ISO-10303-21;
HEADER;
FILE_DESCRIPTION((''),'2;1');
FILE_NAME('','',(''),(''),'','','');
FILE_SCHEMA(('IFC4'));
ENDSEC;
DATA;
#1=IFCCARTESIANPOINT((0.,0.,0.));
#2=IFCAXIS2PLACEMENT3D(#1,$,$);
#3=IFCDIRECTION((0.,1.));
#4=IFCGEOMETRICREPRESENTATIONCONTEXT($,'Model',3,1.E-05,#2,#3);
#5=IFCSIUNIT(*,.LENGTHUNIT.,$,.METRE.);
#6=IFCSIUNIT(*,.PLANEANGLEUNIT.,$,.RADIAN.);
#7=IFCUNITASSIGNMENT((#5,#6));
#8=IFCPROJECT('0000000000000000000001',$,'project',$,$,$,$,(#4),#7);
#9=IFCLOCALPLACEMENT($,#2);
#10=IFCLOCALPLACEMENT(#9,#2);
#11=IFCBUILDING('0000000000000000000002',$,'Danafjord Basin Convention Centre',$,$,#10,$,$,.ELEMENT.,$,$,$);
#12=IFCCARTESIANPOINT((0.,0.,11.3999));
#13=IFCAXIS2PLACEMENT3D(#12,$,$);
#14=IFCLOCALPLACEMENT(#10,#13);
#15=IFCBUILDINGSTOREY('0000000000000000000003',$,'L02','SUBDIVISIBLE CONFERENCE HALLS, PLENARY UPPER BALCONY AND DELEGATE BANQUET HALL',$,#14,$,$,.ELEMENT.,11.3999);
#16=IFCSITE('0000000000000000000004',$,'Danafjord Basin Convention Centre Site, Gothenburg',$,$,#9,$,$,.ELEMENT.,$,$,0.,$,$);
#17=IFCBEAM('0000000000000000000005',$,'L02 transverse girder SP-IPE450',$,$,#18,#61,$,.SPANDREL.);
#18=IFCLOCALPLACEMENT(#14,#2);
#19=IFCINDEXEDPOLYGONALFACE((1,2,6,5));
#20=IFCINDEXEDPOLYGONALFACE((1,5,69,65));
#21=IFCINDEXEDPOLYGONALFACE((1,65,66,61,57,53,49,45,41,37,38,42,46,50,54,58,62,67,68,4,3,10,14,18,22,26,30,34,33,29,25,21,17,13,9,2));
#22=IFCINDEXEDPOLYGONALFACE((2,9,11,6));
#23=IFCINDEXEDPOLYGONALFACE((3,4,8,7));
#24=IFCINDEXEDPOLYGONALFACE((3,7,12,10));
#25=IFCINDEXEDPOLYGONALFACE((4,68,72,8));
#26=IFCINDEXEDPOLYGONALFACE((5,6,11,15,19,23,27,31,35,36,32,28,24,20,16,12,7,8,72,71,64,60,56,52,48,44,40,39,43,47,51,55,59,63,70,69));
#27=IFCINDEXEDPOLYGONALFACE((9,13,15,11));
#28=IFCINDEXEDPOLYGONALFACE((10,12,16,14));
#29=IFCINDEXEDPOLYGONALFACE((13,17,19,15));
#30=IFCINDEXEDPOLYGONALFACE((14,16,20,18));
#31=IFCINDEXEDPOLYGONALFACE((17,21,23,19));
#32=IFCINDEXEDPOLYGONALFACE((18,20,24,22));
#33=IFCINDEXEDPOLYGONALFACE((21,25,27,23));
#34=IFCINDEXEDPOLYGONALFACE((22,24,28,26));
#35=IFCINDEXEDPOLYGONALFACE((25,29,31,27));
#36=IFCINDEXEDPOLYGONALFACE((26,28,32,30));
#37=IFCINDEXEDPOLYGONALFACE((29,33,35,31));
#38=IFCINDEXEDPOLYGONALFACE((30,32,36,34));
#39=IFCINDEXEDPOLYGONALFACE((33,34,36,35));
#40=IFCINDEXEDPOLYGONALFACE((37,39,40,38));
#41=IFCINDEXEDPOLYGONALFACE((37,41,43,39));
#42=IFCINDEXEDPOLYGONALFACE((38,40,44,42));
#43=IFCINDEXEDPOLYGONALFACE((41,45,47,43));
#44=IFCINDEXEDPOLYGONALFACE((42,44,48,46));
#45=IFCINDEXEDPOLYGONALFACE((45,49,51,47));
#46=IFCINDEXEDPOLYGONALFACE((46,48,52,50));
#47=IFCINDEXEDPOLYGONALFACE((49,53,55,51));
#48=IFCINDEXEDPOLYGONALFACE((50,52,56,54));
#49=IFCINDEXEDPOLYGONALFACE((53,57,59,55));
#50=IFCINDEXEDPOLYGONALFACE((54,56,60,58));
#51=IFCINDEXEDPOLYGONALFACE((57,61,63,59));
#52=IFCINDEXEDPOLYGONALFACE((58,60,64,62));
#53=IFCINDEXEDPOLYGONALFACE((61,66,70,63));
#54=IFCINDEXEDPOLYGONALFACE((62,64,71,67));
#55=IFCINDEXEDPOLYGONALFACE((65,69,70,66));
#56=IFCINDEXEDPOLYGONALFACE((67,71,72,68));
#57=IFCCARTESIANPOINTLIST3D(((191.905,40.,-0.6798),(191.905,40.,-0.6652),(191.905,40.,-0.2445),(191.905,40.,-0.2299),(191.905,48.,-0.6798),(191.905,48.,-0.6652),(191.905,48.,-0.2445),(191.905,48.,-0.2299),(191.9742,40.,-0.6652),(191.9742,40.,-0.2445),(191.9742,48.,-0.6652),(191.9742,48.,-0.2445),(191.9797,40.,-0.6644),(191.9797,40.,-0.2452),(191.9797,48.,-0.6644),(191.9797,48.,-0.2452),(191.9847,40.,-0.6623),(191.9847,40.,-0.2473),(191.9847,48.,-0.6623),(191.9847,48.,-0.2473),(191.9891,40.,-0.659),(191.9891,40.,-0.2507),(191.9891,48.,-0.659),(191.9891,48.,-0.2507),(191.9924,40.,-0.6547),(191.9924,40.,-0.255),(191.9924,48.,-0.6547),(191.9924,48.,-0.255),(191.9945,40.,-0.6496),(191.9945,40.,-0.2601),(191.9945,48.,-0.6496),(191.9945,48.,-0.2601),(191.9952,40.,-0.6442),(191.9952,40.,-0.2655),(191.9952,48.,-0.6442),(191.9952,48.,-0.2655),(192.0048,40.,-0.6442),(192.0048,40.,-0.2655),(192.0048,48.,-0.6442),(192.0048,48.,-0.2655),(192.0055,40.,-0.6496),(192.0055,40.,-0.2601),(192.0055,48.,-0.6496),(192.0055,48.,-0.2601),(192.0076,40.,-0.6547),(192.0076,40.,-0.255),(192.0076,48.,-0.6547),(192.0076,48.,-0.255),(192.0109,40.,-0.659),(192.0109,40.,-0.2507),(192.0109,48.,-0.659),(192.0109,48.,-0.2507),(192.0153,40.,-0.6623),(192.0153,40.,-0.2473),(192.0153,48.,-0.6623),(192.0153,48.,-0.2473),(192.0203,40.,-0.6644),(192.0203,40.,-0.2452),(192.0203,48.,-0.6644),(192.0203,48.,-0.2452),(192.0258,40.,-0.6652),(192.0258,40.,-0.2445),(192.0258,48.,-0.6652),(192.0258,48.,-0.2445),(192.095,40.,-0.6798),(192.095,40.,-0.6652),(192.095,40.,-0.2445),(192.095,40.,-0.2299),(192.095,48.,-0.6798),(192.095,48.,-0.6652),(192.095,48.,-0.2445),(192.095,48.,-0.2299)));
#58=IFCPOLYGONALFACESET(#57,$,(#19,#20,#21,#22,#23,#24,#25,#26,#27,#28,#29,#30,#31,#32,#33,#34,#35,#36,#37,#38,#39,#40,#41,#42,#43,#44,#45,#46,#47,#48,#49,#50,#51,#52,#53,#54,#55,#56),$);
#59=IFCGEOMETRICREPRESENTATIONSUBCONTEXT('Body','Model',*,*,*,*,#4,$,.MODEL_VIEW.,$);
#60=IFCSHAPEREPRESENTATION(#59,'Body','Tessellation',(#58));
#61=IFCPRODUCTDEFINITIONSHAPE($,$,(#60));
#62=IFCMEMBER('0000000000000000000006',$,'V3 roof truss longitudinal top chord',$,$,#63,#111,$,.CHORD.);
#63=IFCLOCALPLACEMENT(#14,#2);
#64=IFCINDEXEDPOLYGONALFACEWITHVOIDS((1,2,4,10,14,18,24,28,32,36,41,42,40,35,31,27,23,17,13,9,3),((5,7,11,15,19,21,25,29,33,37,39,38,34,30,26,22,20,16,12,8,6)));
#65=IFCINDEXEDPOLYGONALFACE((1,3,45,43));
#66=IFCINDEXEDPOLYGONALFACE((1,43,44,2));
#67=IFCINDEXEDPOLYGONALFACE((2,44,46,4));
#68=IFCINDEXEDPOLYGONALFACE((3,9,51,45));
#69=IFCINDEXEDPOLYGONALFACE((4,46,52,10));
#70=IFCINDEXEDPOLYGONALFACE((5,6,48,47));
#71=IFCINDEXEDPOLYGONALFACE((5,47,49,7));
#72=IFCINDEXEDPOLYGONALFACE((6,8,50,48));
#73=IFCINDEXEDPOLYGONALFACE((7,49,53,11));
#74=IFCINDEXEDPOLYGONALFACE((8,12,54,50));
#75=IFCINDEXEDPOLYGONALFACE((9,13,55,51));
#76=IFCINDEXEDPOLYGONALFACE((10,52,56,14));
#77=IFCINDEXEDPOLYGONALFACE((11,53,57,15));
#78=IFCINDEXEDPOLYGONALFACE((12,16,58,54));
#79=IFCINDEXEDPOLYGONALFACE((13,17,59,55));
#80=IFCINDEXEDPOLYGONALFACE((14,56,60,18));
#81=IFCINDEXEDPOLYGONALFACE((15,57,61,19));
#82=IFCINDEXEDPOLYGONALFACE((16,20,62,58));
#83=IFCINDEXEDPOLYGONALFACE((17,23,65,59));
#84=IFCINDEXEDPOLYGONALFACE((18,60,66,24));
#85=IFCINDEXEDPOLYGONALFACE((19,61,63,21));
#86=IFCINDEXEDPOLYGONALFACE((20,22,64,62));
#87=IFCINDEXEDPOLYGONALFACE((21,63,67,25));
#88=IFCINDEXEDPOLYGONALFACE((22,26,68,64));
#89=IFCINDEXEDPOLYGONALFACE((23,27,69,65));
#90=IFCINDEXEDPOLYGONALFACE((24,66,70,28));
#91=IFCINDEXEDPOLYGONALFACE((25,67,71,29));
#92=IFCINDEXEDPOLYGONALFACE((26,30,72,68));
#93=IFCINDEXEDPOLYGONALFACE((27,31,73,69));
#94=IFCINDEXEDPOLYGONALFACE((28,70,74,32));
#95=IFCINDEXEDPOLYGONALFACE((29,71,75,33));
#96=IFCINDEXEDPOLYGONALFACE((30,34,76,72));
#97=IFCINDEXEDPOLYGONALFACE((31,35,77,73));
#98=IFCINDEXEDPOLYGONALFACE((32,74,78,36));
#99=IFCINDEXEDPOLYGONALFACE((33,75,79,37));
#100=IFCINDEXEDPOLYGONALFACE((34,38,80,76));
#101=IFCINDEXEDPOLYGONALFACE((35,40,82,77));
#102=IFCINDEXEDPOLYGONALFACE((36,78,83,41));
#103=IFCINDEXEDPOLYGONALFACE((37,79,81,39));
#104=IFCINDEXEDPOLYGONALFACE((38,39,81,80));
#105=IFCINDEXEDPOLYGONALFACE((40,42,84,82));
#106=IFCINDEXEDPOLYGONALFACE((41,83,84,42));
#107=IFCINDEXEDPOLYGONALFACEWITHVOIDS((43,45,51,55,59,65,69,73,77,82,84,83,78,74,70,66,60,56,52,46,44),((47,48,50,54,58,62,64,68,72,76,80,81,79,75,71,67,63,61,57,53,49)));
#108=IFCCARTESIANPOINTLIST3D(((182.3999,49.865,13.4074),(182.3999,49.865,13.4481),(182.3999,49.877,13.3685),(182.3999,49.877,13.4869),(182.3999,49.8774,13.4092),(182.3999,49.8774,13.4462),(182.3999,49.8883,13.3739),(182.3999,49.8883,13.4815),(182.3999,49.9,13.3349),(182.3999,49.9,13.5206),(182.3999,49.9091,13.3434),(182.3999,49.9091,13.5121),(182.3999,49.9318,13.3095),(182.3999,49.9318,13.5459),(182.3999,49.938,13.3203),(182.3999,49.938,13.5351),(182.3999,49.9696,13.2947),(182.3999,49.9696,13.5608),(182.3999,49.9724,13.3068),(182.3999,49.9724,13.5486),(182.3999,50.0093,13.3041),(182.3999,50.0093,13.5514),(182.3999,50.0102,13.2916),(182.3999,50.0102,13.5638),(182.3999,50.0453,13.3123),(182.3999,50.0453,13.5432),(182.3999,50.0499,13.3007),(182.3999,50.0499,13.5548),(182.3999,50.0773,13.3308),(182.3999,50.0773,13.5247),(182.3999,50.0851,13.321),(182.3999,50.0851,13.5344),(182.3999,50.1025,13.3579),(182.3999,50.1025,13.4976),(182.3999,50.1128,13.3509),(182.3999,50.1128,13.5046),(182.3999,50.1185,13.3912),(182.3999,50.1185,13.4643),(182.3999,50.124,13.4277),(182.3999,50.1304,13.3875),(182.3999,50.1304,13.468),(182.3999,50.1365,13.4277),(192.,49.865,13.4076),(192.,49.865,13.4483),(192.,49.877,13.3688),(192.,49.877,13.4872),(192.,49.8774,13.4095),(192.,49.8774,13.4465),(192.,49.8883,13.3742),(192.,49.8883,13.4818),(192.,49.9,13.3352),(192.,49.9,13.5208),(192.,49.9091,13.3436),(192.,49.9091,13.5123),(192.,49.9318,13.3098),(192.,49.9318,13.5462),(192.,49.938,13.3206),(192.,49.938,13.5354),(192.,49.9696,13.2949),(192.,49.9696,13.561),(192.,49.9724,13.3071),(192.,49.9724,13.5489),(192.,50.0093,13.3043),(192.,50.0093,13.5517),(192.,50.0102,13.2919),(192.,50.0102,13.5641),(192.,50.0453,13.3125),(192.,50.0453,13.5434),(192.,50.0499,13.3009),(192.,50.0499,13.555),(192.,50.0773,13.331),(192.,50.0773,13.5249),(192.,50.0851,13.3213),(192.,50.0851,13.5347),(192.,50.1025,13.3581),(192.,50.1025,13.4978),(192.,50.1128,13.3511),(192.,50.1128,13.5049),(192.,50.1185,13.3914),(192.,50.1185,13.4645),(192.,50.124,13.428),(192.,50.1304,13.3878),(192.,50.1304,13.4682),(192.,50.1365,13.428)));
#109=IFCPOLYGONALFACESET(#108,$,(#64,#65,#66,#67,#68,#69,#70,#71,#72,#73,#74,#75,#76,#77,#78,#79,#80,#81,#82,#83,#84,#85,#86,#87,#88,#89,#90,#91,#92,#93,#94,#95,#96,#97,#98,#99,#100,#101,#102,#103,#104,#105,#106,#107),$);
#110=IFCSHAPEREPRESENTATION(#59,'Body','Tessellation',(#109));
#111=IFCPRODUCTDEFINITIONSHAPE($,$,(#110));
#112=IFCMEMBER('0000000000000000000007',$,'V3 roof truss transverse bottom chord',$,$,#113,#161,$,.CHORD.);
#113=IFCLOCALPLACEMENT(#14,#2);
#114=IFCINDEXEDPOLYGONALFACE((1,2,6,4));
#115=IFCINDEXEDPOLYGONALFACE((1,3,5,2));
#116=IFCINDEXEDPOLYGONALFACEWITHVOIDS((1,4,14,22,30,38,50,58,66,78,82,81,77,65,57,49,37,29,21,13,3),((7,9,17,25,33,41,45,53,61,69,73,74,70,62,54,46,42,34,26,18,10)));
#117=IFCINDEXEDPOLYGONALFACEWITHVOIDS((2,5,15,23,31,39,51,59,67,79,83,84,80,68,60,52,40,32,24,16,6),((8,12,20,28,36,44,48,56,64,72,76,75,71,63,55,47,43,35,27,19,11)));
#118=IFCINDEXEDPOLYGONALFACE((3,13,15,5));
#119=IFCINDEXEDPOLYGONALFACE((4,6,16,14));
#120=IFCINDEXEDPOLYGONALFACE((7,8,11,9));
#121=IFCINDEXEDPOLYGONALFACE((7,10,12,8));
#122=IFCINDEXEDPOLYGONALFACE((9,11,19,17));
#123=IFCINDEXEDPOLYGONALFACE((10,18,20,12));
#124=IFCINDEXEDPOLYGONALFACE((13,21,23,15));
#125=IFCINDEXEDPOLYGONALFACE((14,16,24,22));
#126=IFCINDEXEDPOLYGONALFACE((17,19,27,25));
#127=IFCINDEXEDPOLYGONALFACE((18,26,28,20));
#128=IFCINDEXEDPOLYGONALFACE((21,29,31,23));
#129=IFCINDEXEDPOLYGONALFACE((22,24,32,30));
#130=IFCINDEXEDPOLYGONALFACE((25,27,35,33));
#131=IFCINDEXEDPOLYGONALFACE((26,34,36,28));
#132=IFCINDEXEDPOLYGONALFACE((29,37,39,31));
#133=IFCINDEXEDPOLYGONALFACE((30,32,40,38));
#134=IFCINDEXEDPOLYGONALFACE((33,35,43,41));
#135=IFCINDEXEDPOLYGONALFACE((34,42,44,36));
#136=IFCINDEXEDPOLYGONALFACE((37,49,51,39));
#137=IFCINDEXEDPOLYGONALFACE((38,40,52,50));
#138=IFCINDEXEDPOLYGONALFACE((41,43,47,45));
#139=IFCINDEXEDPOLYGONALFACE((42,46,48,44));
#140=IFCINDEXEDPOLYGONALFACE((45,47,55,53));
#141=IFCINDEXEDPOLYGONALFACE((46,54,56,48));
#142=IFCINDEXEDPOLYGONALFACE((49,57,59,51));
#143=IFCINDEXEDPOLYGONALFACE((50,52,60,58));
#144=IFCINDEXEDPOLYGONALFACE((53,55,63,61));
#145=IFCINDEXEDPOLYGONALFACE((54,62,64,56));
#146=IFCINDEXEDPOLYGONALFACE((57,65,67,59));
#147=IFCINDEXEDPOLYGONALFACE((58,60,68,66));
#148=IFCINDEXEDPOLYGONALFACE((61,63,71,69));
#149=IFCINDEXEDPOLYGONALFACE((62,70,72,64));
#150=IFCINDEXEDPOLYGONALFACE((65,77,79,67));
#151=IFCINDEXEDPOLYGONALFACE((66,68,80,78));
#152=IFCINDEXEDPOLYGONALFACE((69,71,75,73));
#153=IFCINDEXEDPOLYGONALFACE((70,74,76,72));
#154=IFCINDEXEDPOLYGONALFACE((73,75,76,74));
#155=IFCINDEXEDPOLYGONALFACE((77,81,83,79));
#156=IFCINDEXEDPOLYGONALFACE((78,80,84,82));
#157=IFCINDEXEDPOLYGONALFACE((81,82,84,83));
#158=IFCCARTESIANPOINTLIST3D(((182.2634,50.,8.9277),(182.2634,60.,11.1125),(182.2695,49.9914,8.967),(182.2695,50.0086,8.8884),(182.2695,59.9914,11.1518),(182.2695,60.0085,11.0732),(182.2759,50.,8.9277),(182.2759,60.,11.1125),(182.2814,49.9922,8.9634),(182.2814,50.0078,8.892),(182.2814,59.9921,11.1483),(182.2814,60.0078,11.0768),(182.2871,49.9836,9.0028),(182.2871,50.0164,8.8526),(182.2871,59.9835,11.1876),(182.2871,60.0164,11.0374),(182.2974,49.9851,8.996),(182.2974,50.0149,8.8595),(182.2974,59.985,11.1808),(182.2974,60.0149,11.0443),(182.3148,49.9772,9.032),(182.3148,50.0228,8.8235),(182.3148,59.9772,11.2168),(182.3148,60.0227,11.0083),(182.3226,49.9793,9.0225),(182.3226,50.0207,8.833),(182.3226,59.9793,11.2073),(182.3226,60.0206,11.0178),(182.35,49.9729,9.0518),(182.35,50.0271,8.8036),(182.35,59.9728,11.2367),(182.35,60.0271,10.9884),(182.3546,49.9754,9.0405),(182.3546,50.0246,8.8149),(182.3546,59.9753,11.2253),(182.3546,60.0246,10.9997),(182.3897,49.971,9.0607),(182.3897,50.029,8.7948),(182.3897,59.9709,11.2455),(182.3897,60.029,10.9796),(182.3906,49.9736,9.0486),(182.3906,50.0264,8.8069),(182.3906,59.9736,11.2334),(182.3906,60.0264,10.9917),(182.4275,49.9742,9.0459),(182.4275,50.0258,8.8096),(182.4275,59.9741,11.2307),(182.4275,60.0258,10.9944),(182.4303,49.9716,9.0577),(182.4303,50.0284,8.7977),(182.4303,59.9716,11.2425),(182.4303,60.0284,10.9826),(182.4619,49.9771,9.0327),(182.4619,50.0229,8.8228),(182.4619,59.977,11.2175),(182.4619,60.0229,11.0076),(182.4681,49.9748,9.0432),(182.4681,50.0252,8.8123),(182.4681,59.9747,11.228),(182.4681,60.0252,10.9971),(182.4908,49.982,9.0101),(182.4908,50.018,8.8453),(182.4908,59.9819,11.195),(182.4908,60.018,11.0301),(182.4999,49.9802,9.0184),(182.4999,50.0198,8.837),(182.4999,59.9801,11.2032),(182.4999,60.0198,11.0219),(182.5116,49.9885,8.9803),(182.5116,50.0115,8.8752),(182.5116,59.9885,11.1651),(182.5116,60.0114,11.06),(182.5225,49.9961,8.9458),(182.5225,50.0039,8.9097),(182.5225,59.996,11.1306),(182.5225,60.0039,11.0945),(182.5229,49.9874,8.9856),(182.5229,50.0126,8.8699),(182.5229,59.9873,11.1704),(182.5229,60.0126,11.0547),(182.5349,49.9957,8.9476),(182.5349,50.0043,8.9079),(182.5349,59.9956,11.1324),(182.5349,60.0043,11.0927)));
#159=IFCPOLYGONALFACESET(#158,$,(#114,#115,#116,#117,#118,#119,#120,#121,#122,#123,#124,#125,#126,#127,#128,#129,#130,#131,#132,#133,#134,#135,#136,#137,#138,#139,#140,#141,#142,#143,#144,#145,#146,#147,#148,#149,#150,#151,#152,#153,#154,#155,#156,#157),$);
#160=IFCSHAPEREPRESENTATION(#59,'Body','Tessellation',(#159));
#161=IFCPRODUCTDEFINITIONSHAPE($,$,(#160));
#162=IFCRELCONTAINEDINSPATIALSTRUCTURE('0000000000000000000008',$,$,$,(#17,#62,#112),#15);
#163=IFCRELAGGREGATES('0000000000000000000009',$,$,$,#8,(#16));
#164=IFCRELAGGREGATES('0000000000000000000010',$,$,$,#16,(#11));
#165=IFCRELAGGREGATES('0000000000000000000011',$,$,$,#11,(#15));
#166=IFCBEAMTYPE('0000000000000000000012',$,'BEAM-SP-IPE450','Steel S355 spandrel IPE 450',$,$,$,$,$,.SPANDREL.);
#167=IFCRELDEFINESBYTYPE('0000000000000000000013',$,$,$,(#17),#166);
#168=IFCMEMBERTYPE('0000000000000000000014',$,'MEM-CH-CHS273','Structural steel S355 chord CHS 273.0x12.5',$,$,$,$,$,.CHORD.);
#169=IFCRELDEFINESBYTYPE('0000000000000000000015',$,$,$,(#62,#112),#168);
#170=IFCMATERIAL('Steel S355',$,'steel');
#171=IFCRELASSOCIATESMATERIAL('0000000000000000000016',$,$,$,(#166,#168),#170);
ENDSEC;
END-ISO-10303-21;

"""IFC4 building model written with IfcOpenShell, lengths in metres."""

from ifc_helpers import new_model, si_unit, direction, frame, origin, origin_2d, place, context, subcontext, project, spatial, hollow_circle, i_section, extrude, material, material_profile, profile_set, type_object, element, save


model = new_model("IFC4")

# Units and contexts
model_context = context("Model", 3, precision=1e-05, world=origin(), true_north=direction((0.0, 1.0)))
body_context = subcontext(model_context, "Body", "Model", "MODEL_VIEW")
ifc_project = project(units=[si_unit("LENGTHUNIT", "METRE"), si_unit("PLANEANGLEUNIT", "RADIAN")], contexts=[model_context])

# Site, building, storey
site_placement = place(None, origin())
site = spatial("IfcSite", under=ifc_project, at=site_placement, Name="Danafjord Basin Convention Centre Site, Gothenburg", CompositionType="ELEMENT", RefElevation=0.0)
building_placement = place(site_placement, origin())
building = spatial("IfcBuilding", under=site, at=building_placement, Name="Danafjord Basin Convention Centre", CompositionType="ELEMENT")
storey_placement = place(building_placement, frame((0.0, 0.0, 11.3999)))
storey = spatial("IfcBuildingStorey", under=building, at=storey_placement, Name="L02", Description="SUBDIVISIBLE CONFERENCE HALLS, PLENARY UPPER BALCONY AND DELEGATE BANQUET HALL", CompositionType="ELEMENT", Elevation=11.3999)

# Shared definitions
ifc_material = material(Name="Steel S355", Category="steel")

# Beam
ifc_material_profile_1 = material_profile(ifc_material, i_section(OverallWidth=0.1899, OverallDepth=0.45, WebThickness=0.0095, FlangeThickness=0.0146, FilletRadius=0.021, at=origin_2d()), Name="IPE 450")
ifc_profile_set_1 = profile_set([ifc_material_profile_1], Name="Steel S355")
beam_type_1 = type_object("IfcBeamType", Name="BEAM-SP-IPE450", Description="Steel S355 spandrel IPE 450", PredefinedType="SPANDREL", material=ifc_profile_set_1)
beam_1_placement = place(storey_placement, frame((192.0, 40.0, -0.4548), z_axis=(0.0, 1.0, 0.0), x_axis=(-1.0, 0.0, 0.0)))
element("IfcBeam", 1, at=beam_1_placement, inside=storey, type_object=beam_type_1, Name="L02 transverse girder SP-IPE450", PredefinedType="SPANDREL", context=body_context, shape_type="SweptSolid", body=[
    extrude(i_section(OverallWidth=0.1899, OverallDepth=0.45, WebThickness=0.0095, FlangeThickness=0.0146, FilletRadius=0.021, at=origin_2d()), origin(), (0.0, 0.0, 1.0), 8.0),
])

# Members
ifc_material_profile_2 = material_profile(ifc_material, hollow_circle(Radius=0.1365, WallThickness=0.0125, at=origin_2d()), Name="CHS 273.0x12.5")
ifc_profile_set_2 = profile_set([ifc_material_profile_2], Name="Steel S355")
member_type_1 = type_object("IfcMemberType", Name="MEM-CH-CHS273", Description="Structural steel S355 chord CHS 273.0x12.5", PredefinedType="CHORD", material=ifc_profile_set_2)
member_1_placement = place(storey_placement, frame((182.3999, 50.0, 13.4277), z_axis=(1.0, 0.0, 0.000025), x_axis=(0.0, 1.0, 0.0)))
element("IfcMember", 2, at=member_1_placement, inside=storey, type_object=member_type_1, Name="V3 roof truss longitudinal top chord", PredefinedType="CHORD", context=body_context, shape_type="SweptSolid", body=[
    extrude(hollow_circle(Radius=0.1365, WallThickness=0.0125, at=origin_2d()), origin(), (0.0, 0.0, 1.0), 9.6001),
])
member_2_placement = place(storey_placement, frame((182.3999, 50.0, 8.9277), z_axis=(0.0, 0.976955, 0.213446), x_axis=(-1.0, 0.0, 0.0)))
element("IfcMember", 3, at=member_2_placement, inside=storey, type_object=member_type_1, Name="V3 roof truss transverse bottom chord", PredefinedType="CHORD", context=body_context, shape_type="SweptSolid", body=[
    extrude(hollow_circle(Radius=0.1365, WallThickness=0.0125, at=origin_2d()), origin(), (0.0, 0.0, 1.0), 10.2358),
])

save(model, "model.ifc")
